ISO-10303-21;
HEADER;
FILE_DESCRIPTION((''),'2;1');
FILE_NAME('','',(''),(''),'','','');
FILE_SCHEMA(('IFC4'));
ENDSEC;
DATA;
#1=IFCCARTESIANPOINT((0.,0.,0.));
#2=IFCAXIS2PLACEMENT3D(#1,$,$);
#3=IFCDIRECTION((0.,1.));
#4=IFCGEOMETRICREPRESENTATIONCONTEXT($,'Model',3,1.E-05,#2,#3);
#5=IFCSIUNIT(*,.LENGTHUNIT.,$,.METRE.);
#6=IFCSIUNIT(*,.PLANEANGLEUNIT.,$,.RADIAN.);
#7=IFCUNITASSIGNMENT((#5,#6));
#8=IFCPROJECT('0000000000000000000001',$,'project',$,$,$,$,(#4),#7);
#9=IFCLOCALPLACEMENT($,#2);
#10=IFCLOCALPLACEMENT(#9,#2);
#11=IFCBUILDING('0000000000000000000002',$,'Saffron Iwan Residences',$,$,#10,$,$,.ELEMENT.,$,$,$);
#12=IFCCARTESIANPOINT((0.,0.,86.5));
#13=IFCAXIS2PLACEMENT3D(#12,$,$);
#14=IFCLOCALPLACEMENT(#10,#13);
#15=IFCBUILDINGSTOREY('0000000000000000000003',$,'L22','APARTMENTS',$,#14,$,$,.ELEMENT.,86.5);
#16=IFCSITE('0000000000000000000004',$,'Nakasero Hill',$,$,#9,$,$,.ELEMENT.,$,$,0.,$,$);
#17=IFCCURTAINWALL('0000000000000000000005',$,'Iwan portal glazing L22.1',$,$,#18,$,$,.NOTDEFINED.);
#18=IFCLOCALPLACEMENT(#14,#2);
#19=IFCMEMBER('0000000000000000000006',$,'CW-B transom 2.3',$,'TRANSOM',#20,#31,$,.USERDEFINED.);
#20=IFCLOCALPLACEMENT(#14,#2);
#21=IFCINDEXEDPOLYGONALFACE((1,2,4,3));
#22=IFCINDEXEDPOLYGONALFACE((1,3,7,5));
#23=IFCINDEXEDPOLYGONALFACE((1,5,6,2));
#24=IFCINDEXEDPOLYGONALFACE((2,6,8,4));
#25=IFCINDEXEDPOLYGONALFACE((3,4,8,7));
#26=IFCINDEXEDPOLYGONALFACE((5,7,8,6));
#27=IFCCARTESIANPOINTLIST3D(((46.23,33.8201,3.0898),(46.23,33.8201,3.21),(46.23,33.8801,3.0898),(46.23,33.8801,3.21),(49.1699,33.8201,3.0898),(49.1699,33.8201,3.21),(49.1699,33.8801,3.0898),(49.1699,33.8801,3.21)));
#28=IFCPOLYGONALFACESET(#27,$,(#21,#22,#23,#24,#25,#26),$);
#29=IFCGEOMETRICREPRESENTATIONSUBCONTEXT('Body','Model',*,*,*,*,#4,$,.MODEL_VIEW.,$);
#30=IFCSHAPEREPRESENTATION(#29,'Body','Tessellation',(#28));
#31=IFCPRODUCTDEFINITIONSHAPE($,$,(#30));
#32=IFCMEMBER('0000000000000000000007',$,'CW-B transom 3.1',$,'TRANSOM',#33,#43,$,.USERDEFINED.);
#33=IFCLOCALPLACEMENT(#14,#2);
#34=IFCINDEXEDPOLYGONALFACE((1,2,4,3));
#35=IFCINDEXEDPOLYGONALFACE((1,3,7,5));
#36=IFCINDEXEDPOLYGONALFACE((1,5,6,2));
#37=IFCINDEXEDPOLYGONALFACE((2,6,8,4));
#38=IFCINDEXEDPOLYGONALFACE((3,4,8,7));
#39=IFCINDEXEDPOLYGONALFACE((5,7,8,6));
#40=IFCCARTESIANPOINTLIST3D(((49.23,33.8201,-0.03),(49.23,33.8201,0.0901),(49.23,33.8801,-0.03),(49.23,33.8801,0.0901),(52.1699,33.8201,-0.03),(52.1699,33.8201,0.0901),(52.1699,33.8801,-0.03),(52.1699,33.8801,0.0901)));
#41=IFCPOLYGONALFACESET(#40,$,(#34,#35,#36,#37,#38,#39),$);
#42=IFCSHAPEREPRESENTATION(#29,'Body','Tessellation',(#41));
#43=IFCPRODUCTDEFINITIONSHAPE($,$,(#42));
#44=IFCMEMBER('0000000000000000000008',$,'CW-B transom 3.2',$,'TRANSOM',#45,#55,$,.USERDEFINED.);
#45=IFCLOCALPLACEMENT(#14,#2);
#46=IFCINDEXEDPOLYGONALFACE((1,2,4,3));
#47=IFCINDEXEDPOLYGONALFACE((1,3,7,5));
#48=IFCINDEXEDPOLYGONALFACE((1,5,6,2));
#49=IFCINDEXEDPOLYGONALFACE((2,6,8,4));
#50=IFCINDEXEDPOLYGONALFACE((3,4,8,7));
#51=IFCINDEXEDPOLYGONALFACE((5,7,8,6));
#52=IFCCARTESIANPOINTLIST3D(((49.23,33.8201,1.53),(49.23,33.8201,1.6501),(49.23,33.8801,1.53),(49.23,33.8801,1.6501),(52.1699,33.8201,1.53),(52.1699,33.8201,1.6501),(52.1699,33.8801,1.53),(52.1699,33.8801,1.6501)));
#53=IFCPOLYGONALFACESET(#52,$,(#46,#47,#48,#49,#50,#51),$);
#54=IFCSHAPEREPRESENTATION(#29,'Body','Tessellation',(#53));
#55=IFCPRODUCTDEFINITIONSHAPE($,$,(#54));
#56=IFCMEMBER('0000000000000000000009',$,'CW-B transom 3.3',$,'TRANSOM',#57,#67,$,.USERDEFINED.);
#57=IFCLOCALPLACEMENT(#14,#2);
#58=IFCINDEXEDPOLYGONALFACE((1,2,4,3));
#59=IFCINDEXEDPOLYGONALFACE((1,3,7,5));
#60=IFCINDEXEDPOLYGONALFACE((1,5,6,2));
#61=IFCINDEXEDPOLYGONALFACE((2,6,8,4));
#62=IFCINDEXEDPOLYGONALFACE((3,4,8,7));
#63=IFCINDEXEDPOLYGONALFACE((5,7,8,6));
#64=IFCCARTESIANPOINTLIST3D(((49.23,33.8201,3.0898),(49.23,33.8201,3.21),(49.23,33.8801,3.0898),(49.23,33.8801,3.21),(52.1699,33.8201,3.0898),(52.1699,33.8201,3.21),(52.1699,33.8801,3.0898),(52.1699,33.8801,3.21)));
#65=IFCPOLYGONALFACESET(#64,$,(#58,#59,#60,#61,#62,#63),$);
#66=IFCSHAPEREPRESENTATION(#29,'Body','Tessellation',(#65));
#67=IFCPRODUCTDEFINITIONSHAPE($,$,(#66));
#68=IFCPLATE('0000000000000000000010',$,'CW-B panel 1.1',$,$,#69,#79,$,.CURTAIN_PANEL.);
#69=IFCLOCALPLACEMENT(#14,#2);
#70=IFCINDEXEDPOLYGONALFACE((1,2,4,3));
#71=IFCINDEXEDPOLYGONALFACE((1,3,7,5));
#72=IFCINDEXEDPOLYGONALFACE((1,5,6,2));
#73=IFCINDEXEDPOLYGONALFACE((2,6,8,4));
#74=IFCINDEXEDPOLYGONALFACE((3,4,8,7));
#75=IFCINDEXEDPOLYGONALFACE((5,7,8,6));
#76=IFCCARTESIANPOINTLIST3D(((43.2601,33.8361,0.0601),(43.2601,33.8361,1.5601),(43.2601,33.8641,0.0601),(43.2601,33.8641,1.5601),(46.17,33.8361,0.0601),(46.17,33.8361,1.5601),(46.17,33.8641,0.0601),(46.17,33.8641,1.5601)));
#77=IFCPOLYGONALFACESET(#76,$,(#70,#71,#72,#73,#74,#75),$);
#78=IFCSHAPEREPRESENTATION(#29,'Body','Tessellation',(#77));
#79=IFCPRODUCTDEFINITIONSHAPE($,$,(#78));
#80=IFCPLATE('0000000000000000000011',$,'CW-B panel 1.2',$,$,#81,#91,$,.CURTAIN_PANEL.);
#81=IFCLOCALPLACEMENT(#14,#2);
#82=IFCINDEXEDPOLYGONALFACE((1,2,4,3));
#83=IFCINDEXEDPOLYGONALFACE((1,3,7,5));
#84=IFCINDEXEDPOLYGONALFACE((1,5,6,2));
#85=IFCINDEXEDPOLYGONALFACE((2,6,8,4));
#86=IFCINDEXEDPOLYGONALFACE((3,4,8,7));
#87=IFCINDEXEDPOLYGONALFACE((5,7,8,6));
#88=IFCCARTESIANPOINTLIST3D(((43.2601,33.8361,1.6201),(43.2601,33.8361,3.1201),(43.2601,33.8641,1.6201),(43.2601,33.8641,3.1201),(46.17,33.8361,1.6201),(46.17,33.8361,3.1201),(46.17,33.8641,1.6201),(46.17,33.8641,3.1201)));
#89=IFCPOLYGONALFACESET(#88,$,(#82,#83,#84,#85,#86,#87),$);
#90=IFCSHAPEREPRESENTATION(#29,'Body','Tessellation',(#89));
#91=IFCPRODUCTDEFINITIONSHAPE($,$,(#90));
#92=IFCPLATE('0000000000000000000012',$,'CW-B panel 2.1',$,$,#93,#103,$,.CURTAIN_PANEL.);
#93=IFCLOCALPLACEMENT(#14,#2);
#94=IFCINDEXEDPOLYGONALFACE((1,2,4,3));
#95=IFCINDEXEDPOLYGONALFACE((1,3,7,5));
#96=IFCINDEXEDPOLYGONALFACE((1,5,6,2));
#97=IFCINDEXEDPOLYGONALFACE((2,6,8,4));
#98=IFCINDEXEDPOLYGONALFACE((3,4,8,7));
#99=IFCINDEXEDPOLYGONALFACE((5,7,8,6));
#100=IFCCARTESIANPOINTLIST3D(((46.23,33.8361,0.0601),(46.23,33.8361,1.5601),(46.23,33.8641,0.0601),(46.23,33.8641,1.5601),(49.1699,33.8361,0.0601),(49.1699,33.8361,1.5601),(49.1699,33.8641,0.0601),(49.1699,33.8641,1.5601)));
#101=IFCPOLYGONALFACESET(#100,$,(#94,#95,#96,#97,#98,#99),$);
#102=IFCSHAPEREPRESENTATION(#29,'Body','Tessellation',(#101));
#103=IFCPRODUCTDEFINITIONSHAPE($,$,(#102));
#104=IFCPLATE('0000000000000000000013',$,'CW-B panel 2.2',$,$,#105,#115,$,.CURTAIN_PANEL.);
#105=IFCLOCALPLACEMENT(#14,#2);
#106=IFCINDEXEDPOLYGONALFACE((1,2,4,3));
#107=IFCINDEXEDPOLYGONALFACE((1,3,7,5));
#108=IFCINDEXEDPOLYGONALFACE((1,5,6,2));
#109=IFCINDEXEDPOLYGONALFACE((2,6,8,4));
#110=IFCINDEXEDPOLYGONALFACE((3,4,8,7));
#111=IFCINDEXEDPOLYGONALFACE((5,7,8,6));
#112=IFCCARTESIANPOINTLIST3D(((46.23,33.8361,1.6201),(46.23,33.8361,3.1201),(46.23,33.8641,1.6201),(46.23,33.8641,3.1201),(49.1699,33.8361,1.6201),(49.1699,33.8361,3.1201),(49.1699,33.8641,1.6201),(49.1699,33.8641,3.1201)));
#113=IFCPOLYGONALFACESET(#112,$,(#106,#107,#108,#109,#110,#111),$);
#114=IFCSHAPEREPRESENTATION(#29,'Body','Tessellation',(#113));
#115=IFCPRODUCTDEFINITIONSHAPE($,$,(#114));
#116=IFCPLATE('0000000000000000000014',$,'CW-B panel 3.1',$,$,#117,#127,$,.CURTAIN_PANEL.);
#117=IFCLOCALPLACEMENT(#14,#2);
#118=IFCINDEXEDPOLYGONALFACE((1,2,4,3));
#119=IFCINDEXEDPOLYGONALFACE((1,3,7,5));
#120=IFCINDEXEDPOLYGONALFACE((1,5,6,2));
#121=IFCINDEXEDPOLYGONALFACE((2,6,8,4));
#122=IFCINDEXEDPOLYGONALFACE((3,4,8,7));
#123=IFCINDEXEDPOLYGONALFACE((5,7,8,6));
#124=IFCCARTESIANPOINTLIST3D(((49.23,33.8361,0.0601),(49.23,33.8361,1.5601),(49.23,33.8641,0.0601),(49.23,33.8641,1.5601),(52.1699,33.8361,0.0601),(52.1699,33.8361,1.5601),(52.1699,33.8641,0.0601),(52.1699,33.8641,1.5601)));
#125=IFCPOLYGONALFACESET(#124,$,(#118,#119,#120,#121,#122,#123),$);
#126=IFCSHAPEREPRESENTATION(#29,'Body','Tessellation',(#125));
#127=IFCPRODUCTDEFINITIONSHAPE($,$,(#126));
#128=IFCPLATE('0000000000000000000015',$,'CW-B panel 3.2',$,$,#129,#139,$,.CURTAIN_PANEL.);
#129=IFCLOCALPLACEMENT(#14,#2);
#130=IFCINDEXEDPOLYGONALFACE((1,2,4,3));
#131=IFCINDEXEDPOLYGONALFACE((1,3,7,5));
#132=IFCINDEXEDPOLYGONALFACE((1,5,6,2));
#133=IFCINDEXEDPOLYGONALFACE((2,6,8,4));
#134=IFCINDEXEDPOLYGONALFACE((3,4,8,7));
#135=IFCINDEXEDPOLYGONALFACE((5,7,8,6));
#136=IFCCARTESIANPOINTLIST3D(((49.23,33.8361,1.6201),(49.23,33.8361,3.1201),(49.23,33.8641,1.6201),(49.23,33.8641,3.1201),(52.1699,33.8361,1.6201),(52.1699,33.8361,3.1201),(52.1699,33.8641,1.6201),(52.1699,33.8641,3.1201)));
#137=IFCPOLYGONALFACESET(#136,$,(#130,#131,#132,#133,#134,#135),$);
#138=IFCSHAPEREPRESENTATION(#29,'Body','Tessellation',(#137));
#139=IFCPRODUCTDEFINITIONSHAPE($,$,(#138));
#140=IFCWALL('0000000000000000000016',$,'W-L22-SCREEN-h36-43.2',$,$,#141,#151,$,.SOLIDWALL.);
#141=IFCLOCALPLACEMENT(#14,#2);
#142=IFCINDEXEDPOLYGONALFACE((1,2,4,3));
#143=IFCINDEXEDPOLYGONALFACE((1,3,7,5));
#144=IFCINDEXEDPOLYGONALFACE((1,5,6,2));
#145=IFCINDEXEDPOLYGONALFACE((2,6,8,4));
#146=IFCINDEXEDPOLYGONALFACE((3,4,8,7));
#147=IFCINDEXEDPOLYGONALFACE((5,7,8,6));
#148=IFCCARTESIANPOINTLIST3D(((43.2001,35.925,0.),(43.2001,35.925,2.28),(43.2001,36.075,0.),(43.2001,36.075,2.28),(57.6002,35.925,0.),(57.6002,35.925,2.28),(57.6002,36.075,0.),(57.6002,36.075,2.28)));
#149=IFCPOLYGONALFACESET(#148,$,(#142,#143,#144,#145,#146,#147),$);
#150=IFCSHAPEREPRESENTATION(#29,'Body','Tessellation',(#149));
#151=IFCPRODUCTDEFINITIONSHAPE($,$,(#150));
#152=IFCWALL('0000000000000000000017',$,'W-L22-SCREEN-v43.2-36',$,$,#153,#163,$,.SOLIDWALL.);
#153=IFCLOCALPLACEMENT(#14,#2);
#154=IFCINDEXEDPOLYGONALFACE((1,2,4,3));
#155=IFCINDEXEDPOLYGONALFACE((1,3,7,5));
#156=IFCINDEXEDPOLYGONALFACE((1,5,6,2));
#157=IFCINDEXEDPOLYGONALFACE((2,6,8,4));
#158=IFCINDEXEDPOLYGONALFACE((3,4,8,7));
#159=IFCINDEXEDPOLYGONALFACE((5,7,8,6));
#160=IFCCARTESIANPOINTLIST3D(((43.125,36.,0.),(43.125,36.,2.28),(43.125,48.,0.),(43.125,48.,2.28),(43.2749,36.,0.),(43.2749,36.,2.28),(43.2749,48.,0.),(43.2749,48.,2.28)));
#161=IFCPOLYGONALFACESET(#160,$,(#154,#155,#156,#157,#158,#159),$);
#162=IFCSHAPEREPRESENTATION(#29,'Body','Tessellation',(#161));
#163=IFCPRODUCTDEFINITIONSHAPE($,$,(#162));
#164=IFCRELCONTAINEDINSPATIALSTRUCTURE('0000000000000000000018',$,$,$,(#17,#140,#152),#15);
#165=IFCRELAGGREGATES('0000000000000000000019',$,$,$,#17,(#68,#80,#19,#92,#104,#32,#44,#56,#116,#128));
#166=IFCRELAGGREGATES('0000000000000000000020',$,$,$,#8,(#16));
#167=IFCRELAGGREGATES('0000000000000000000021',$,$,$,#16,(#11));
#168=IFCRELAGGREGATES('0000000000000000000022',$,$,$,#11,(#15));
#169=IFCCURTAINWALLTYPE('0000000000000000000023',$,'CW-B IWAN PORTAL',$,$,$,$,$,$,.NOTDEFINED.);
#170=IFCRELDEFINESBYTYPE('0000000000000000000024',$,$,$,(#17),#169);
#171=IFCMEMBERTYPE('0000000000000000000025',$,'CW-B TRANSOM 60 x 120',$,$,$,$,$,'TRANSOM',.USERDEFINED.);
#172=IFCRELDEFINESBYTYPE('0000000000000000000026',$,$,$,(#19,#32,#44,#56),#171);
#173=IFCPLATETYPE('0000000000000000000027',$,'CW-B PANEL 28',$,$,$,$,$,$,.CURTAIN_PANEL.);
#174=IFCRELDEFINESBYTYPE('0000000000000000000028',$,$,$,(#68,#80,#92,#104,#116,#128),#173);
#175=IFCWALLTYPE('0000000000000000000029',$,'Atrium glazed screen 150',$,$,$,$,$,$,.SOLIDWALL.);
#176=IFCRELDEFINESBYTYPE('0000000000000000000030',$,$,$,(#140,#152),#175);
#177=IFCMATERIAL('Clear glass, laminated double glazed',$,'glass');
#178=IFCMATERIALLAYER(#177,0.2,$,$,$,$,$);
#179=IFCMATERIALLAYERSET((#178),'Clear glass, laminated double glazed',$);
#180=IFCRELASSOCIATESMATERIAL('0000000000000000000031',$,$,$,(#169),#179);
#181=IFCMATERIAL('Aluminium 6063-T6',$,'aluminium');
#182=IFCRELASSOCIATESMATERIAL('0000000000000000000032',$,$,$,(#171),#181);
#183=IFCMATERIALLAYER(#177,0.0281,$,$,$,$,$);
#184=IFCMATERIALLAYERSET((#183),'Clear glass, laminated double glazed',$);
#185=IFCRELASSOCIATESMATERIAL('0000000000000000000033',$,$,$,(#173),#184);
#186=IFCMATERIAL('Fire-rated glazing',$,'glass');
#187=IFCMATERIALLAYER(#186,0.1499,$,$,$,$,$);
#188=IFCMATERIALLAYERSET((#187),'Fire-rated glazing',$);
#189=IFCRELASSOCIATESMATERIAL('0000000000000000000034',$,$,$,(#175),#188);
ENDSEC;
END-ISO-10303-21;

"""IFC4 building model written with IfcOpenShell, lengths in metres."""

from ifc_helpers import new_model, si_unit, direction, frame, frame_2d, origin, origin_2d, place, context, subcontext, project, spatial, rectangle, extrude, source, transform, mapped, material, layer, layer_set, material_profile, profile_set, type_object, element, aggregate, save


model = new_model("IFC4")

# Units and contexts
model_context = context("Model", 3, precision=1e-05, world=origin(), true_north=direction((0.0, 1.0)))
body_context = subcontext(model_context, "Body", "Model", "MODEL_VIEW")
ifc_project = project(units=[si_unit("LENGTHUNIT", "METRE"), si_unit("PLANEANGLEUNIT", "RADIAN")], contexts=[model_context])

# Site, building, storey
site_placement = place(None, origin())
site = spatial("IfcSite", under=ifc_project, at=site_placement, Name="Nakasero Hill", CompositionType="ELEMENT", RefElevation=0.0)
building_placement = place(site_placement, origin())
building = spatial("IfcBuilding", under=site, at=building_placement, Name="Saffron Iwan Residences", CompositionType="ELEMENT")
storey_placement = place(building_placement, frame((0.0, 0.0, 86.5)))
storey = spatial("IfcBuildingStorey", under=building, at=storey_placement, Name="L22", Description="APARTMENTS", CompositionType="ELEMENT", Elevation=86.5)

# Curtain wall, members, plates
ifc_material_1 = material(Name="Clear glass, laminated double glazed", Category="glass")
ifc_layer_1 = layer(ifc_material_1, 0.2)
ifc_layer_set_1 = layer_set([ifc_layer_1], Name="Clear glass, laminated double glazed")
curtain_wall_type = type_object("IfcCurtainWallType", Name="CW-B IWAN PORTAL", PredefinedType="NOTDEFINED", material=ifc_layer_set_1)
curtain_wall_placement = place(storey_placement, origin())
curtain_wall = element("IfcCurtainWall", 1, at=curtain_wall_placement, inside=storey, type_object=curtain_wall_type, Name="Iwan portal glazing L22.1", PredefinedType="NOTDEFINED")
ifc_material_2 = material(Name="Aluminium 6063-T6", Category="aluminium")
ifc_material_profile_1 = material_profile(ifc_material_2, rectangle(XDim=0.0601, YDim=0.1201, at=origin_2d()), Name="CW-B TRANSOM 60 x 120")
ifc_profile_set_1 = profile_set([ifc_material_profile_1], Name="Aluminium 6063-T6")
member_type_1 = type_object("IfcMemberType", Name="CW-B TRANSOM 60 x 120", ElementType="TRANSOM", PredefinedType="USERDEFINED", material=ifc_profile_set_1)
shared_shape_1 = source(origin(), body_context, "Body", "SweptSolid", [
    extrude(rectangle(XDim=0.0601, YDim=0.1201, at=origin_2d()), origin(), (0.0, 0.0, 1.0), 2.9399),
])
member_1_placement = place(storey_placement, frame((46.23, 33.8501, 3.1499), z_axis=(1.0, 0.0, 0.0), x_axis=(0.0, 1.0, 0.0)))
member_1 = element("IfcMember", 2, at=member_1_placement, type_object=member_type_1, Name="CW-B transom 2.3", ObjectType="TRANSOM", PredefinedType="USERDEFINED", context=body_context, shape_type="MappedRepresentation", body=[
    mapped(shared_shape_1, transform((0.0, 0.0, 0.0))),
])
member_2_placement = place(storey_placement, frame((49.23, 33.8501, 0.03), z_axis=(1.0, 0.0, 0.0), x_axis=(0.0, 1.0, 0.0)))
member_2 = element("IfcMember", 3, at=member_2_placement, type_object=member_type_1, Name="CW-B transom 3.1", ObjectType="TRANSOM", PredefinedType="USERDEFINED", context=body_context, shape_type="MappedRepresentation", body=[
    mapped(shared_shape_1, transform((0.0, 0.0, 0.0))),
])
member_3_placement = place(storey_placement, frame((49.23, 33.8501, 1.5901), z_axis=(1.0, 0.0, 0.0), x_axis=(0.0, 1.0, 0.0)))
member_3 = element("IfcMember", 4, at=member_3_placement, type_object=member_type_1, Name="CW-B transom 3.2", ObjectType="TRANSOM", PredefinedType="USERDEFINED", context=body_context, shape_type="MappedRepresentation", body=[
    mapped(shared_shape_1, transform((0.0, 0.0, 0.0))),
])
member_4_placement = place(storey_placement, frame((49.23, 33.8501, 3.1499), z_axis=(1.0, 0.0, 0.0), x_axis=(0.0, 1.0, 0.0)))
member_4 = element("IfcMember", 5, at=member_4_placement, type_object=member_type_1, Name="CW-B transom 3.3", ObjectType="TRANSOM", PredefinedType="USERDEFINED", context=body_context, shape_type="MappedRepresentation", body=[
    mapped(shared_shape_1, transform((0.0, 0.0, 0.0))),
])
ifc_layer_2 = layer(ifc_material_1, 0.0281)
ifc_layer_set_2 = layer_set([ifc_layer_2], Name="Clear glass, laminated double glazed")
plate_type = type_object("IfcPlateType", Name="CW-B PANEL 28", PredefinedType="CURTAIN_PANEL", material=ifc_layer_set_2)
shared_shape_2 = source(origin(), body_context, "Body", "SweptSolid", [
    extrude(rectangle(XDim=2.9099, YDim=0.0281, at=origin_2d()), origin(), (0.0, 0.0, 1.0), 1.5),
])
plate_1_placement = place(storey_placement, frame((44.7151, 33.8501, 0.0601), z_axis=(0.0, 0.0, 1.0), x_axis=(1.0, 0.0, 0.0)))
plate_1 = element("IfcPlate", 6, at=plate_1_placement, type_object=plate_type, Name="CW-B panel 1.1", PredefinedType="CURTAIN_PANEL", context=body_context, shape_type="MappedRepresentation", body=[
    mapped(shared_shape_2, transform((0.0, 0.0, 0.0))),
])
plate_2_placement = place(storey_placement, frame((44.7151, 33.8501, 1.6201), z_axis=(0.0, 0.0, 1.0), x_axis=(1.0, 0.0, 0.0)))
plate_2 = element("IfcPlate", 7, at=plate_2_placement, type_object=plate_type, Name="CW-B panel 1.2", PredefinedType="CURTAIN_PANEL", context=body_context, shape_type="MappedRepresentation", body=[
    mapped(shared_shape_2, transform((0.0, 0.0, 0.0))),
])
shared_shape_3 = source(origin(), body_context, "Body", "SweptSolid", [
    extrude(rectangle(XDim=2.9399, YDim=0.0281, at=origin_2d()), origin(), (0.0, 0.0, 1.0), 1.5),
])
plate_3_placement = place(storey_placement, frame((47.7, 33.8501, 0.0601), z_axis=(0.0, 0.0, 1.0), x_axis=(1.0, 0.0, 0.0)))
plate_3 = element("IfcPlate", 8, at=plate_3_placement, type_object=plate_type, Name="CW-B panel 2.1", PredefinedType="CURTAIN_PANEL", context=body_context, shape_type="MappedRepresentation", body=[
    mapped(shared_shape_3, transform((0.0, 0.0, 0.0))),
])
plate_4_placement = place(storey_placement, frame((47.7, 33.8501, 1.6201), z_axis=(0.0, 0.0, 1.0), x_axis=(1.0, 0.0, 0.0)))
plate_4 = element("IfcPlate", 9, at=plate_4_placement, type_object=plate_type, Name="CW-B panel 2.2", PredefinedType="CURTAIN_PANEL", context=body_context, shape_type="MappedRepresentation", body=[
    mapped(shared_shape_3, transform((0.0, 0.0, 0.0))),
])
plate_5_placement = place(storey_placement, frame((50.7, 33.8501, 0.0601), z_axis=(0.0, 0.0, 1.0), x_axis=(1.0, 0.0, 0.0)))
plate_5 = element("IfcPlate", 10, at=plate_5_placement, type_object=plate_type, Name="CW-B panel 3.1", PredefinedType="CURTAIN_PANEL", context=body_context, shape_type="MappedRepresentation", body=[
    mapped(shared_shape_3, transform((0.0, 0.0, 0.0))),
])
plate_6_placement = place(storey_placement, frame((50.7, 33.8501, 1.6201), z_axis=(0.0, 0.0, 1.0), x_axis=(1.0, 0.0, 0.0)))
plate_6 = element("IfcPlate", 11, at=plate_6_placement, type_object=plate_type, Name="CW-B panel 3.2", PredefinedType="CURTAIN_PANEL", context=body_context, shape_type="MappedRepresentation", body=[
    mapped(shared_shape_3, transform((0.0, 0.0, 0.0))),
])
aggregate(curtain_wall, [plate_1, plate_2, member_1, plate_3, plate_4, member_2, member_3, member_4, plate_5, plate_6])

# Walls
ifc_material_3 = material(Name="Fire-rated glazing", Category="glass")
ifc_layer_3 = layer(ifc_material_3, 0.1499)
ifc_layer_set_3 = layer_set([ifc_layer_3], Name="Fire-rated glazing")
wall_type = type_object("IfcWallType", Name="Atrium glazed screen 150", PredefinedType="SOLIDWALL", material=ifc_layer_set_3)
wall_1_placement = place(storey_placement, frame((43.2, 36.0, 0.0), z_axis=(0.0, 0.0, 1.0), x_axis=(1.0, 0.0, 0.0)))
element("IfcWall", 12, at=wall_1_placement, inside=storey, type_object=wall_type, Name="W-L22-SCREEN-h36-43.2", PredefinedType="SOLIDWALL", context=body_context, shape_type="SweptSolid", body=[
    extrude(rectangle(XDim=14.4001, YDim=0.1499, at=frame_2d((7.2002, 0.0))), origin(), (0.0, 0.0, 1.0), 2.28),
])
wall_2_placement = place(storey_placement, frame((43.2, 36.0, 0.0), z_axis=(0.0, 0.0, 1.0), x_axis=(0.0, 1.0, 0.0)))
element("IfcWall", 13, at=wall_2_placement, inside=storey, type_object=wall_type, Name="W-L22-SCREEN-v43.2-36", PredefinedType="SOLIDWALL", context=body_context, shape_type="SweptSolid", body=[
    extrude(rectangle(XDim=12.0, YDim=0.1499, at=frame_2d((6.0, 0.0))), origin(), (0.0, 0.0, 1.0), 2.28),
])

save(model, "model.ifc")
